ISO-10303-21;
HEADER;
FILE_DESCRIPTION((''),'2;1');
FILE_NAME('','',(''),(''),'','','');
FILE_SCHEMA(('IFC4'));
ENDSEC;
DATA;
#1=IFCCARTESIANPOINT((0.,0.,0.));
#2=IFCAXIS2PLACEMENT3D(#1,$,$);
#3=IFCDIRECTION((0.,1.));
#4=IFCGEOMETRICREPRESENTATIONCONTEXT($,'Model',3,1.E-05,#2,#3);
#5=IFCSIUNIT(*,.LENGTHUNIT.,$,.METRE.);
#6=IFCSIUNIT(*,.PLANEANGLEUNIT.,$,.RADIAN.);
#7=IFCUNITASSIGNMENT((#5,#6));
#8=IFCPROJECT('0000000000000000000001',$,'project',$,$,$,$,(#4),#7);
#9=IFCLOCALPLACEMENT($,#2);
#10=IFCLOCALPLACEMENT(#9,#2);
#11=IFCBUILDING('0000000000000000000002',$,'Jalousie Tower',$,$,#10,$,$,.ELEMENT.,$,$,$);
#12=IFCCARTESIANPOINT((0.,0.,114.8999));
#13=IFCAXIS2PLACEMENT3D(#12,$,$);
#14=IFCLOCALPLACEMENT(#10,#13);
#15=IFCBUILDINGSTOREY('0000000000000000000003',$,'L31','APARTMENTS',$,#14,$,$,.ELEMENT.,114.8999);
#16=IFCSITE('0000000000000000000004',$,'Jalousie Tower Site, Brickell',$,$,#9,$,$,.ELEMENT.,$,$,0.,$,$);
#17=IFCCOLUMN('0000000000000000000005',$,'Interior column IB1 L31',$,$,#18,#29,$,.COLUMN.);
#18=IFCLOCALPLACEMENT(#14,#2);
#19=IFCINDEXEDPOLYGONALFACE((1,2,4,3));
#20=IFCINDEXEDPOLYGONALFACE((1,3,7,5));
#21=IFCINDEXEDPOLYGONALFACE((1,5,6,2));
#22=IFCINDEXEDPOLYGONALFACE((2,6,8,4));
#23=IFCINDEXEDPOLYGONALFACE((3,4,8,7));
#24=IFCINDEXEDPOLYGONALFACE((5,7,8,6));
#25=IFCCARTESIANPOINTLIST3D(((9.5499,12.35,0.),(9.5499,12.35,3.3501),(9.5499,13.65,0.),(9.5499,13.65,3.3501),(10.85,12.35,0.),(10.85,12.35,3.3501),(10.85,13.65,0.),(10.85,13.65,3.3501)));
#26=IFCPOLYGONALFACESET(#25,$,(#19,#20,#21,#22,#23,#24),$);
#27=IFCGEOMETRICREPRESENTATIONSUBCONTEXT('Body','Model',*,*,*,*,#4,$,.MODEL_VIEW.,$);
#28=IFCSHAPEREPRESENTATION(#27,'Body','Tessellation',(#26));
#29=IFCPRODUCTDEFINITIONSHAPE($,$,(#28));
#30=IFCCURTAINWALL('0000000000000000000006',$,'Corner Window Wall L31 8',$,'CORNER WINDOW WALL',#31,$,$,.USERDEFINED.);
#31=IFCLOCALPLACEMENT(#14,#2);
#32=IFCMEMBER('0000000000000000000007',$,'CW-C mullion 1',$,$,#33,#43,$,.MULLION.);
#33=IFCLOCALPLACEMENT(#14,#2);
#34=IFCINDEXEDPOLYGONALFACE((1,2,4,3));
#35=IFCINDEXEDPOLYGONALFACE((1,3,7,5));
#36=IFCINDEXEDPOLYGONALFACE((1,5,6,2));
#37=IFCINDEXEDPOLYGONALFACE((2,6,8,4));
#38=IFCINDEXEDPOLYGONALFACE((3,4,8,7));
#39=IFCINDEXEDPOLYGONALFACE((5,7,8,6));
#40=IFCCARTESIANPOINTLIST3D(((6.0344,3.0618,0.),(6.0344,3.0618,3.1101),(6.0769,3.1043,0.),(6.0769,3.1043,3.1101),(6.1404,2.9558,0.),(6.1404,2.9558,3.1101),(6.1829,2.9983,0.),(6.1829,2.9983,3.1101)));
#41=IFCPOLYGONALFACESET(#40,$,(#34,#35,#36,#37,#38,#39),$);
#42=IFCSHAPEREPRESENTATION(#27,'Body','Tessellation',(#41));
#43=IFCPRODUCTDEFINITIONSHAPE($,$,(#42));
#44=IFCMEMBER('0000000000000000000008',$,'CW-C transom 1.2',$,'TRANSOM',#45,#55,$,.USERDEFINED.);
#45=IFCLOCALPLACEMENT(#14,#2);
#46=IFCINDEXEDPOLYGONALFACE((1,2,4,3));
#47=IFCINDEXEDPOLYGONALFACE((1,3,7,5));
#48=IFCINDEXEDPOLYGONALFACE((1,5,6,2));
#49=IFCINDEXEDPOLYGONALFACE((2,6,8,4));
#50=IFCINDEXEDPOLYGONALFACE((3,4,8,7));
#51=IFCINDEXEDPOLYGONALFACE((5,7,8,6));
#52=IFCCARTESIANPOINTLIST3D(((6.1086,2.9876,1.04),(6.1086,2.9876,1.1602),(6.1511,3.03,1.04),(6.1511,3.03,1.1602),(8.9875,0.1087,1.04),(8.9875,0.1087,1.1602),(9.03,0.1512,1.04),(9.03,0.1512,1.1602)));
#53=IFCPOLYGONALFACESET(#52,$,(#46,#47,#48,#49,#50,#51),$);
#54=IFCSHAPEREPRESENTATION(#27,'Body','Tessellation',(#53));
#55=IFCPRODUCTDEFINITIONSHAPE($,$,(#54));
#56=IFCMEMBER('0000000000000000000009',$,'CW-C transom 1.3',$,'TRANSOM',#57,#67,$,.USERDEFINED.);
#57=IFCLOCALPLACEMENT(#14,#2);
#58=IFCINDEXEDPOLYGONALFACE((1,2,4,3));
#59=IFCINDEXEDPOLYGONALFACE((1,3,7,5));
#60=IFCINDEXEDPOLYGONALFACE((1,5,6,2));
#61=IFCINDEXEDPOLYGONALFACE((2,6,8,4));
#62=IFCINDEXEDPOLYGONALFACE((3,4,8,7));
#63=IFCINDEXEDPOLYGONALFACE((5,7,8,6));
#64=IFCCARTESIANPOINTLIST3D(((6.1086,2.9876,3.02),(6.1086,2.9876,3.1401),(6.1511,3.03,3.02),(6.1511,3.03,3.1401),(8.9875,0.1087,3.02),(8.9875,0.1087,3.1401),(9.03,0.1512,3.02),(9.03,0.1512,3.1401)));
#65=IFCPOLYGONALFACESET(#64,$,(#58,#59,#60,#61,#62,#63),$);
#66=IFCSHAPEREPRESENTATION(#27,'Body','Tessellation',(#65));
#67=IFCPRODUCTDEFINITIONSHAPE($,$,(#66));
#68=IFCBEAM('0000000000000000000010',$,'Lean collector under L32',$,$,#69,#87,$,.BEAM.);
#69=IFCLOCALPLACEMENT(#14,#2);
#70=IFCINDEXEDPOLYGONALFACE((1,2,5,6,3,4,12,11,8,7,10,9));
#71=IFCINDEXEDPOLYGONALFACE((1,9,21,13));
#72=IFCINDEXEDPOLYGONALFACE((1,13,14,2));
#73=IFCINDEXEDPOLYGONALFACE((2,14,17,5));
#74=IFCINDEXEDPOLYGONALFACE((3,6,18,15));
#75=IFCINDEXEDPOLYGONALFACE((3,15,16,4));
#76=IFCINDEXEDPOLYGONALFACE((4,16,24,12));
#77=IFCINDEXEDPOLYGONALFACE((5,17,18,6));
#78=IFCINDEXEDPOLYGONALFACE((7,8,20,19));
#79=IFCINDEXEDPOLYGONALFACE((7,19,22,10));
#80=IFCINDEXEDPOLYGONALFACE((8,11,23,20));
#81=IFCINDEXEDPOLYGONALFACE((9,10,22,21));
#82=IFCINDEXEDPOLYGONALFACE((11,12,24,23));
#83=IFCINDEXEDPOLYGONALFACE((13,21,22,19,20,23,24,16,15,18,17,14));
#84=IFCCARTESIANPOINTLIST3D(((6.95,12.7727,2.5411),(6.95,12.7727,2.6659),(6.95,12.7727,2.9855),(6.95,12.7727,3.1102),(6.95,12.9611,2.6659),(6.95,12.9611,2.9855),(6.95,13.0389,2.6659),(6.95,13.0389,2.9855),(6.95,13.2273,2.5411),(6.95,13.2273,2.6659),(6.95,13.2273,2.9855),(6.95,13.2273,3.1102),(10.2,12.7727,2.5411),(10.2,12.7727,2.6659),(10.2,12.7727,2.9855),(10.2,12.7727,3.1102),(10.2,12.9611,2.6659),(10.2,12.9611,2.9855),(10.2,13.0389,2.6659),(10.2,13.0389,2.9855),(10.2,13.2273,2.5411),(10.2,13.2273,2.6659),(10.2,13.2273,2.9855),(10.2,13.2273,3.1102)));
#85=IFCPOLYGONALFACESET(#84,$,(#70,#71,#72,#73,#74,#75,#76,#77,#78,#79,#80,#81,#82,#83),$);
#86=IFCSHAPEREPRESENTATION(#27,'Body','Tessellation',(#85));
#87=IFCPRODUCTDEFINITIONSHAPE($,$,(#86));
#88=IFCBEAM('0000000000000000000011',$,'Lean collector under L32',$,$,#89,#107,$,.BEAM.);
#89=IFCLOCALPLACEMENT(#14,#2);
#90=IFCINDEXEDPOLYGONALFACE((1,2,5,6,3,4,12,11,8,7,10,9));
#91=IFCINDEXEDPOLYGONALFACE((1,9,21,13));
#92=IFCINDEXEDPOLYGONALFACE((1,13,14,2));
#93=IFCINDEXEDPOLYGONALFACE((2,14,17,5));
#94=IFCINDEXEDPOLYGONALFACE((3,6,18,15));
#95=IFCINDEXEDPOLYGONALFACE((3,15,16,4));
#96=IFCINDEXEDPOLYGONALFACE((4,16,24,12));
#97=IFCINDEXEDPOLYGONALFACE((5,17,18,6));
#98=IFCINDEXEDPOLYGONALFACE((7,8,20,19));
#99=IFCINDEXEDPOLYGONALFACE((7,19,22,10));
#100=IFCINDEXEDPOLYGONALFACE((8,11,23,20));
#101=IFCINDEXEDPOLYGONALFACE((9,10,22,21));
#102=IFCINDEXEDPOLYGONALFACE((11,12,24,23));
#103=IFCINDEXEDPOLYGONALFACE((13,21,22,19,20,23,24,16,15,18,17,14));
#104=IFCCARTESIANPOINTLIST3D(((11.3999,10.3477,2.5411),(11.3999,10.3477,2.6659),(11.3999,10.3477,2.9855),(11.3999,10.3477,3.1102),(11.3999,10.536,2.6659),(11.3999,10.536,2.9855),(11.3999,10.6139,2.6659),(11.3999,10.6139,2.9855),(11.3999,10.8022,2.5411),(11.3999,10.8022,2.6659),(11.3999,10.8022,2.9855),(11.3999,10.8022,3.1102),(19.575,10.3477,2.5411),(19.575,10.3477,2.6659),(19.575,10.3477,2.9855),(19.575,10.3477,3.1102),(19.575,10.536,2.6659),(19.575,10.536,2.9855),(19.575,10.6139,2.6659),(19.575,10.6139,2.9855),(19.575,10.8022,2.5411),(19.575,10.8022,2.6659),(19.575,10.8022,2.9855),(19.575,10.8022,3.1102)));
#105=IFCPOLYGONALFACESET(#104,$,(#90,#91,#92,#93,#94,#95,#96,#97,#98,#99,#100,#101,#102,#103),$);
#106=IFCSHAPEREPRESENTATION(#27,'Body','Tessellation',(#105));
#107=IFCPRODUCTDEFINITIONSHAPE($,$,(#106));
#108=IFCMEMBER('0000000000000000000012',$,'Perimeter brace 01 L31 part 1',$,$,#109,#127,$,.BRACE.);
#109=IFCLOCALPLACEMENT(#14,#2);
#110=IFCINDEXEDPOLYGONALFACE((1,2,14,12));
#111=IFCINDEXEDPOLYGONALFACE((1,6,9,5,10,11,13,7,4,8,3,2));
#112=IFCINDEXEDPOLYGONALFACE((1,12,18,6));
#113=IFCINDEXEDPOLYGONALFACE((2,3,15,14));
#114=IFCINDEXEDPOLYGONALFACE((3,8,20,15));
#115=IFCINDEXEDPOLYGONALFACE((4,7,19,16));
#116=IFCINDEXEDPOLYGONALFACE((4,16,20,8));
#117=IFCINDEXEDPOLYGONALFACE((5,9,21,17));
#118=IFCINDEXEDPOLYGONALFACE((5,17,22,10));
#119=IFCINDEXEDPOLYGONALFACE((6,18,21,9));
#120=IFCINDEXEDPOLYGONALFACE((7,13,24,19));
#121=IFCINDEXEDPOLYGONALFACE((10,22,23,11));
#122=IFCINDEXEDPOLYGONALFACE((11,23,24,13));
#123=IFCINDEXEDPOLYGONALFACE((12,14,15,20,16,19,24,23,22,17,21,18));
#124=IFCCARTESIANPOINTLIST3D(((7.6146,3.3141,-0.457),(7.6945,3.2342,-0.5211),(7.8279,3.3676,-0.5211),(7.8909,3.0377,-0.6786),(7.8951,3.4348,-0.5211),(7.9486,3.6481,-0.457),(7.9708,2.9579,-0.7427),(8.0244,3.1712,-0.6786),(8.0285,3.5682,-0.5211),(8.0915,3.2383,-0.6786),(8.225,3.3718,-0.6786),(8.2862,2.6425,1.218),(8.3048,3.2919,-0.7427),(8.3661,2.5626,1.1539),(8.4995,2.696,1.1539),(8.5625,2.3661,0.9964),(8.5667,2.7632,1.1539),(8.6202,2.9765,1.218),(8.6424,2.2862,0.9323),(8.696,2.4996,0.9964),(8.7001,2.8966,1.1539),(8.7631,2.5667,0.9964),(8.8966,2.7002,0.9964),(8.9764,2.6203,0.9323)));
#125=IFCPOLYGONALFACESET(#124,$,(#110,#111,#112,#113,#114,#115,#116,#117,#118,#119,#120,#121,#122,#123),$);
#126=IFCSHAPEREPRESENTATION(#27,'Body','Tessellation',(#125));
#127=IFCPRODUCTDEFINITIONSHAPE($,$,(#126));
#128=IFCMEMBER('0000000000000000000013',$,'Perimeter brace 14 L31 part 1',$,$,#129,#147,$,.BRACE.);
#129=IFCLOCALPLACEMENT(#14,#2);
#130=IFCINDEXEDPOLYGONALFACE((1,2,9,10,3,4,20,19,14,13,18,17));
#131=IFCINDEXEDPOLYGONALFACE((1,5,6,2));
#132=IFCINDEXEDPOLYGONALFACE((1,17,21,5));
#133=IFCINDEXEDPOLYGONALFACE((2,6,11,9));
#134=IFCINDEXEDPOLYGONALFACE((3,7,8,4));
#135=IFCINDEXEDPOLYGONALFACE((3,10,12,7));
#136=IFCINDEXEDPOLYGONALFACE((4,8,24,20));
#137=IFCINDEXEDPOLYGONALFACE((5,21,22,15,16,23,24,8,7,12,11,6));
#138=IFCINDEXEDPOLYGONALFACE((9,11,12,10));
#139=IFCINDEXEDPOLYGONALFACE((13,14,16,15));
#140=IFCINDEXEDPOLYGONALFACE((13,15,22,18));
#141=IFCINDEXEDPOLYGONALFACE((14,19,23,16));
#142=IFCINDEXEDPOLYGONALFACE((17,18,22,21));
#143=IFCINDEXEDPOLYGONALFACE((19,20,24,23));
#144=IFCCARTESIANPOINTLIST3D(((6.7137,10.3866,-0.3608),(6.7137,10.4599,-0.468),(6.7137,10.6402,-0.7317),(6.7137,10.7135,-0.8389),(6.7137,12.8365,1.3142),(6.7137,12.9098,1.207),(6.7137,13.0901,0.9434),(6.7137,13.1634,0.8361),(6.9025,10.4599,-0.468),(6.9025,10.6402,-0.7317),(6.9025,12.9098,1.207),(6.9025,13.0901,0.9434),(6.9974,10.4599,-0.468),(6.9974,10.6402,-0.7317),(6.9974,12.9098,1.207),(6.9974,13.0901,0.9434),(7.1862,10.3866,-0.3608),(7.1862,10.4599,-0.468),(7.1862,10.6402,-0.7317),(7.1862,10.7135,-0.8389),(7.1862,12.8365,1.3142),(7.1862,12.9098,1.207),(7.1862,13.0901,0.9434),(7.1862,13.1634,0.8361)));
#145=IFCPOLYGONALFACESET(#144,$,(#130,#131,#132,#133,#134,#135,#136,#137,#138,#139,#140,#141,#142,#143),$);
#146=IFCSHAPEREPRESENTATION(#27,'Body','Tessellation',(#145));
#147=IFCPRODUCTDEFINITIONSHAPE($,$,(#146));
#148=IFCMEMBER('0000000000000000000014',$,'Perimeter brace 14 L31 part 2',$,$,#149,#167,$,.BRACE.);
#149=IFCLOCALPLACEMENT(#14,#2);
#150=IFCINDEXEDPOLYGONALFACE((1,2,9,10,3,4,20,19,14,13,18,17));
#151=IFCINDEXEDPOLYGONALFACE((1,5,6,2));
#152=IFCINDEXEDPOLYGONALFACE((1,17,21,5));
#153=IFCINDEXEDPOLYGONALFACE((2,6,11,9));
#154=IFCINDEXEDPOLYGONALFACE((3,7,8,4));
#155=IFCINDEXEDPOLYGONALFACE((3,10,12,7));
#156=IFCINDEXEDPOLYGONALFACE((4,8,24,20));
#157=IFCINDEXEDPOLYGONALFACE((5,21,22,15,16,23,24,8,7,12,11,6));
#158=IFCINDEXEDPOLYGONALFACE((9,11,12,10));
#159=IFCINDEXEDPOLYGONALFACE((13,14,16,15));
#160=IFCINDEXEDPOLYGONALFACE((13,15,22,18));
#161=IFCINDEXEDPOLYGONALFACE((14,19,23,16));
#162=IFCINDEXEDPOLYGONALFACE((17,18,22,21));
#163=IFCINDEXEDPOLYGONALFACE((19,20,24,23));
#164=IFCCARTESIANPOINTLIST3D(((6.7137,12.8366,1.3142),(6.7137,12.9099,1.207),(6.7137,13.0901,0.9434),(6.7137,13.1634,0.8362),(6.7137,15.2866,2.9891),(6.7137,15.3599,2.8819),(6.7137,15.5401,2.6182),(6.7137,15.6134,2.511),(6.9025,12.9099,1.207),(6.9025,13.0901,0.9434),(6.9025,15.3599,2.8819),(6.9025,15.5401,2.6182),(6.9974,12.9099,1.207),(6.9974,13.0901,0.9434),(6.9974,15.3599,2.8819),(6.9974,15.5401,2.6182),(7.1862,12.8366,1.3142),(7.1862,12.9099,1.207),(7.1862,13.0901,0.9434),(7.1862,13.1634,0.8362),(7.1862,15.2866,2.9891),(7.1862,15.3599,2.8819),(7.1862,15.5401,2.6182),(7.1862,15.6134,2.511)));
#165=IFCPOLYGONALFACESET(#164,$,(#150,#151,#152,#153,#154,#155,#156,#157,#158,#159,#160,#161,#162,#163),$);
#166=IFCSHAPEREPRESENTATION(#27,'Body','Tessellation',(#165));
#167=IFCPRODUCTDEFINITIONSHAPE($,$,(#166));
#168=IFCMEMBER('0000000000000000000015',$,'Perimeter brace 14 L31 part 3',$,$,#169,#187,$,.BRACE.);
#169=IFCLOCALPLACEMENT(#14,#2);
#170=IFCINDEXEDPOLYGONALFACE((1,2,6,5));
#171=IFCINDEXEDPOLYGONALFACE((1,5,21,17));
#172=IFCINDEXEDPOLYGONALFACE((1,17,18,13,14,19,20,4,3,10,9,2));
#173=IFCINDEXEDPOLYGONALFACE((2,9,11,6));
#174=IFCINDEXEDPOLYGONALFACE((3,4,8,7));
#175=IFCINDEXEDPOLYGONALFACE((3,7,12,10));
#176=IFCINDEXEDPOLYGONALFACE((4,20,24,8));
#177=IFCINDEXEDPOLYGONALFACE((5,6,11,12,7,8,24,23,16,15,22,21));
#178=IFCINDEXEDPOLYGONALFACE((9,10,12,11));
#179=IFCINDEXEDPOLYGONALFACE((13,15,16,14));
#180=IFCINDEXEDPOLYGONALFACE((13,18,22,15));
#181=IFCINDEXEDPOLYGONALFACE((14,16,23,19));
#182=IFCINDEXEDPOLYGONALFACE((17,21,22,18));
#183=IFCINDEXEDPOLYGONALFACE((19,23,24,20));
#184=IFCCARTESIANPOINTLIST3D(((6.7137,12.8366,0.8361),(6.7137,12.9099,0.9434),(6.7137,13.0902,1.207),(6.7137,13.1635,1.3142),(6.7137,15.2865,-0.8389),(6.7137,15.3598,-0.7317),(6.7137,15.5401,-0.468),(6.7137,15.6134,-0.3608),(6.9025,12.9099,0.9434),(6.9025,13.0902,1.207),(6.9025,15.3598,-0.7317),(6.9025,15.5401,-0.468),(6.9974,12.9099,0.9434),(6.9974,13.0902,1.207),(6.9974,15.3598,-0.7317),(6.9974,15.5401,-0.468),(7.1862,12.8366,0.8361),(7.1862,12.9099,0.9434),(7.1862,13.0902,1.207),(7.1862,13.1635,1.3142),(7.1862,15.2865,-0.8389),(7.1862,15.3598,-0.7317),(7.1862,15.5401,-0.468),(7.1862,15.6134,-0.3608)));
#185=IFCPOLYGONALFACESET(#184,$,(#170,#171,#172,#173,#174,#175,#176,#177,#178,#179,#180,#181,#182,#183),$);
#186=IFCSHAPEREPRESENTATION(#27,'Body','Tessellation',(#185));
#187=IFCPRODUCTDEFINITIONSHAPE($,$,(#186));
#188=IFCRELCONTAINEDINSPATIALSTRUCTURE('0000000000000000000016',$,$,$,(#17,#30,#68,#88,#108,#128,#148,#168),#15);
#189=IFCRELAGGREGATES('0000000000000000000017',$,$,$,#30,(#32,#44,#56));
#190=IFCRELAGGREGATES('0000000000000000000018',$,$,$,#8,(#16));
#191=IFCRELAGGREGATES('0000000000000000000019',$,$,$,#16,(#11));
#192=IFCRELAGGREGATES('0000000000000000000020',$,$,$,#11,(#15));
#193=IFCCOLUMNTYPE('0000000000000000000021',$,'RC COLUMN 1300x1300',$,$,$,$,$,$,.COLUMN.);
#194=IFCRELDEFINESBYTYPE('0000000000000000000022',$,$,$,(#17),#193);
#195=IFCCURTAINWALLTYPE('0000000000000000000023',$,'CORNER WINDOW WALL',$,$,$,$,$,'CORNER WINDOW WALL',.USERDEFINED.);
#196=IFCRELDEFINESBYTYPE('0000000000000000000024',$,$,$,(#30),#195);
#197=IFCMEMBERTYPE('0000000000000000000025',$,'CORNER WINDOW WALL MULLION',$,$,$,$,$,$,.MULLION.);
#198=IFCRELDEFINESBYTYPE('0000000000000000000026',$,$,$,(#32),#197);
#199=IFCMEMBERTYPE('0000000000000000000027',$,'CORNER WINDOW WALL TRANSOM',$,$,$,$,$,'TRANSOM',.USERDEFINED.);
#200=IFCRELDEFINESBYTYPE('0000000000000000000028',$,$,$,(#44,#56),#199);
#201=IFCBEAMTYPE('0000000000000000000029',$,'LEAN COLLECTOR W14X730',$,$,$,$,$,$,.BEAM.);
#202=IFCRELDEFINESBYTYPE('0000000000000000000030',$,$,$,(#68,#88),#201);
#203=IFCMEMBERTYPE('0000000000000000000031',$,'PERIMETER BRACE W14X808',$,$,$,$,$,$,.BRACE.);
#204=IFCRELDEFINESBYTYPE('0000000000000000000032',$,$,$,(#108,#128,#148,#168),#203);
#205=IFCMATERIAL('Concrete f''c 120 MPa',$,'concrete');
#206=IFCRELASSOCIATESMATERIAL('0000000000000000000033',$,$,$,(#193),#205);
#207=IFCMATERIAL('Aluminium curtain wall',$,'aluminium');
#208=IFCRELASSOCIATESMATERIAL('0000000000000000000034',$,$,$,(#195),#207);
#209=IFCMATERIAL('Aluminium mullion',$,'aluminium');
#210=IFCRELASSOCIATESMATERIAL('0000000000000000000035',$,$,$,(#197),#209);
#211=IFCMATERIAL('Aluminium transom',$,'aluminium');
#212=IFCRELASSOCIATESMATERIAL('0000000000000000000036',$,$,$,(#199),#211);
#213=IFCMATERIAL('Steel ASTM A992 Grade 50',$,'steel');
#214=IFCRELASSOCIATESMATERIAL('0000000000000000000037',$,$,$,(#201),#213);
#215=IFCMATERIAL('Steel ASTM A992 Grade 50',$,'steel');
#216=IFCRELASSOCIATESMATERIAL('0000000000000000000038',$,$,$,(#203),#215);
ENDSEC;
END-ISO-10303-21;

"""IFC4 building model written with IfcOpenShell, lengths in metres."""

from ifc_helpers import new_model, si_unit, direction, frame, origin, origin_2d, place, context, subcontext, project, spatial, rectangle, i_section, extrude, material, material_profile, profile_set, type_object, element, aggregate, save


model = new_model("IFC4")

# Units and contexts
model_context = context("Model", 3, precision=1e-05, world=origin(), true_north=direction((0.0, 1.0)))
body_context = subcontext(model_context, "Body", "Model", "MODEL_VIEW")
ifc_project = project(units=[si_unit("LENGTHUNIT", "METRE"), si_unit("PLANEANGLEUNIT", "RADIAN")], contexts=[model_context])

# Site, building, storey
site_placement = place(None, origin())
site = spatial("IfcSite", under=ifc_project, at=site_placement, Name="Jalousie Tower Site, Brickell", CompositionType="ELEMENT", RefElevation=0.0)
building_placement = place(site_placement, origin())
building = spatial("IfcBuilding", under=site, at=building_placement, Name="Jalousie Tower", CompositionType="ELEMENT")
storey_placement = place(building_placement, frame((0.0, 0.0, 114.8999)))
storey = spatial("IfcBuildingStorey", under=building, at=storey_placement, Name="L31", Description="APARTMENTS", CompositionType="ELEMENT", Elevation=114.8999)

# Column
ifc_material_1 = material(Name="Concrete f'c 120 MPa", Category="concrete")
ifc_material_profile_1 = material_profile(ifc_material_1, rectangle(XDim=1.3, YDim=1.3, at=origin_2d()), Name="RC 1300x1300")
ifc_profile_set_1 = profile_set([ifc_material_profile_1], Name="Concrete f'c 120 MPa")
column_type = type_object("IfcColumnType", Name="RC COLUMN 1300x1300", PredefinedType="COLUMN", material=ifc_profile_set_1)
column_placement = place(storey_placement, frame((10.2, 13.0, 0.0), z_axis=(0.0, 0.0, 1.0), x_axis=(1.0, 0.0, 0.0)))
element("IfcColumn", 1, at=column_placement, inside=storey, type_object=column_type, Name="Interior column IB1 L31", PredefinedType="COLUMN", context=body_context, shape_type="SweptSolid", body=[
    extrude(rectangle(XDim=1.3, YDim=1.3, at=origin_2d()), origin(), (0.0, 0.0, 1.0), 3.3501),
])

# Curtain wall, members
ifc_material_2 = material(Name="Aluminium curtain wall", Category="aluminium")
curtain_wall_type_1 = type_object("IfcCurtainWallType", Name="CORNER WINDOW WALL", ElementType="CORNER WINDOW WALL", PredefinedType="USERDEFINED", material=ifc_material_2)
curtain_wall_1_placement = place(storey_placement, origin())
curtain_wall_1 = element("IfcCurtainWall", 2, at=curtain_wall_1_placement, inside=storey, type_object=curtain_wall_type_1, Name="Corner Window Wall L31 8", ObjectType="CORNER WINDOW WALL", PredefinedType="USERDEFINED")
ifc_material_3 = material(Name="Aluminium mullion", Category="aluminium")
ifc_material_profile_2 = material_profile(ifc_material_3, rectangle(XDim=0.0601, YDim=0.1499, at=origin_2d()), Name="MULLION 60x150")
ifc_profile_set_2 = profile_set([ifc_material_profile_2], Name="Aluminium mullion")
member_type_1 = type_object("IfcMemberType", Name="CORNER WINDOW WALL MULLION", PredefinedType="MULLION", material=ifc_profile_set_2)
member_1_placement = place(storey_placement, frame((6.1086, 3.03, 0.0), z_axis=(0.0, 0.0, 1.0), x_axis=(0.707107, 0.707107, 0.0)))
member_1 = element("IfcMember", 3, at=member_1_placement, type_object=member_type_1, Name="CW-C mullion 1", PredefinedType="MULLION", context=body_context, shape_type="SweptSolid", body=[
    extrude(rectangle(XDim=0.0601, YDim=0.1499, at=origin_2d()), origin(), (0.0, 0.0, 1.0), 3.1101),
])
ifc_material_4 = material(Name="Aluminium transom", Category="aluminium")
ifc_material_profile_3 = material_profile(ifc_material_4, rectangle(XDim=0.0601, YDim=0.1201, at=origin_2d()), Name="TRANSOM 60x120")
ifc_profile_set_3 = profile_set([ifc_material_profile_3], Name="Aluminium transom")
member_type_2 = type_object("IfcMemberType", Name="CORNER WINDOW WALL TRANSOM", ElementType="TRANSOM", PredefinedType="USERDEFINED", material=ifc_profile_set_3)
member_2_placement = place(storey_placement, frame((6.1299, 3.0088, 1.1001), z_axis=(0.707107, -0.707107, 0.0), x_axis=(0.707107, 0.707107, 0.0)))
member_2 = element("IfcMember", 4, at=member_2_placement, type_object=member_type_2, Name="CW-C transom 1.2", ObjectType="TRANSOM", PredefinedType="USERDEFINED", context=body_context, shape_type="SweptSolid", body=[
    extrude(rectangle(XDim=0.0601, YDim=0.1201, at=origin_2d()), origin(), (0.0, 0.0, 1.0), 4.0713),
])
member_3_placement = place(storey_placement, frame((6.1299, 3.0088, 3.0801), z_axis=(0.707107, -0.707107, 0.0), x_axis=(0.707107, 0.707107, 0.0)))
member_3 = element("IfcMember", 5, at=member_3_placement, type_object=member_type_2, Name="CW-C transom 1.3", ObjectType="TRANSOM", PredefinedType="USERDEFINED", context=body_context, shape_type="SweptSolid", body=[
    extrude(rectangle(XDim=0.0601, YDim=0.1201, at=origin_2d()), origin(), (0.0, 0.0, 1.0), 4.0713),
])
aggregate(curtain_wall_1, [member_1, member_2, member_3])

# Beams
ifc_material_5 = material(Name="Steel ASTM A992 Grade 50", Category="steel")
ifc_material_profile_4 = material_profile(ifc_material_5, i_section(OverallWidth=0.4546, OverallDepth=0.5691, WebThickness=0.0779, FlangeThickness=0.1248, at=origin_2d()), Name="W14X730")
ifc_profile_set_4 = profile_set([ifc_material_profile_4], Name="Steel ASTM A992 Grade 50")
beam_type_1 = type_object("IfcBeamType", Name="LEAN COLLECTOR W14X730", PredefinedType="BEAM", material=ifc_profile_set_4)
beam_1_placement = place(storey_placement, frame((6.95, 13.0, 2.8257), z_axis=(1.0, 0.0, 0.0), x_axis=(0.0, 1.0, 0.0)))
element("IfcBeam", 6, at=beam_1_placement, inside=storey, type_object=beam_type_1, Name="Lean collector under L32", PredefinedType="BEAM", context=body_context, shape_type="SweptSolid", body=[
    extrude(i_section(OverallWidth=0.4546, OverallDepth=0.5691, WebThickness=0.0779, FlangeThickness=0.1248, at=origin_2d()), origin(), (0.0, 0.0, 1.0), 3.25),
])
beam_2_placement = place(storey_placement, frame((11.3999, 10.575, 2.8257), z_axis=(1.0, 0.0, 0.0), x_axis=(0.0, 1.0, 0.0)))
element("IfcBeam", 7, at=beam_2_placement, inside=storey, type_object=beam_type_1, Name="Lean collector under L32", PredefinedType="BEAM", context=body_context, shape_type="SweptSolid", body=[
    extrude(i_section(OverallWidth=0.4546, OverallDepth=0.5691, WebThickness=0.0779, FlangeThickness=0.1248, at=origin_2d()), origin(), (0.0, 0.0, 1.0), 8.175),
])

# Members
ifc_material_6 = material(Name="Steel ASTM A992 Grade 50", Category="steel")
ifc_material_profile_5 = material_profile(ifc_material_6, i_section(OverallWidth=0.4724, OverallDepth=0.5791, WebThickness=0.095, FlangeThickness=0.1299, at=origin_2d()), Name="W14X808")
ifc_profile_set_5 = profile_set([ifc_material_profile_5], Name="Steel ASTM A992 Grade 50")
member_type_3 = type_object("IfcMemberType", Name="PERIMETER BRACE W14X808", PredefinedType="BRACE", material=ifc_profile_set_5)
member_4_placement = place(storey_placement, frame((7.9597, 3.303, -0.5999), z_axis=(0.348789, -0.348789, 0.869881), x_axis=(0.707107, 0.707107, 0.0)))
element("IfcMember", 8, at=member_4_placement, inside=storey, type_object=member_type_3, Name="Perimeter brace 01 L31 part 1", PredefinedType="BRACE", context=body_context, shape_type="SweptSolid", body=[
    extrude(i_section(OverallWidth=0.4724, OverallDepth=0.5791, WebThickness=0.095, FlangeThickness=0.1299, at=origin_2d()), origin(), (0.0, 0.0, 1.0), 1.9255),
])
for number, where, z_axis, x_axis, name in (
    (9, (6.95, 10.55, -0.5999), (0.0, 0.825501, 0.564401), (-1.0, 0.0, 0.0), "Perimeter brace 14 L31 part 1"),
    (10, (6.95, 13.0, 1.0752), (0.0, 0.825539, 0.564345), (-1.0, 0.0, 0.0), "Perimeter brace 14 L31 part 2"),
    (11, (6.95, 15.45, -0.5999), (0.0, -0.825501, 0.564401), (1.0, 0.0, 0.0), "Perimeter brace 14 L31 part 3"),
):
    element("IfcMember", number, at=place(storey_placement, frame(where, z_axis=z_axis, x_axis=x_axis)), inside=storey, type_object=member_type_3, Name=name, PredefinedType="BRACE", context=body_context, shape_type="SweptSolid", body=[
        extrude(i_section(OverallWidth=0.4724, OverallDepth=0.5791, WebThickness=0.095, FlangeThickness=0.1299, at=origin_2d()), origin(), (0.0, 0.0, 1.0), 2.9678),
    ])

save(model, "model.ifc")
